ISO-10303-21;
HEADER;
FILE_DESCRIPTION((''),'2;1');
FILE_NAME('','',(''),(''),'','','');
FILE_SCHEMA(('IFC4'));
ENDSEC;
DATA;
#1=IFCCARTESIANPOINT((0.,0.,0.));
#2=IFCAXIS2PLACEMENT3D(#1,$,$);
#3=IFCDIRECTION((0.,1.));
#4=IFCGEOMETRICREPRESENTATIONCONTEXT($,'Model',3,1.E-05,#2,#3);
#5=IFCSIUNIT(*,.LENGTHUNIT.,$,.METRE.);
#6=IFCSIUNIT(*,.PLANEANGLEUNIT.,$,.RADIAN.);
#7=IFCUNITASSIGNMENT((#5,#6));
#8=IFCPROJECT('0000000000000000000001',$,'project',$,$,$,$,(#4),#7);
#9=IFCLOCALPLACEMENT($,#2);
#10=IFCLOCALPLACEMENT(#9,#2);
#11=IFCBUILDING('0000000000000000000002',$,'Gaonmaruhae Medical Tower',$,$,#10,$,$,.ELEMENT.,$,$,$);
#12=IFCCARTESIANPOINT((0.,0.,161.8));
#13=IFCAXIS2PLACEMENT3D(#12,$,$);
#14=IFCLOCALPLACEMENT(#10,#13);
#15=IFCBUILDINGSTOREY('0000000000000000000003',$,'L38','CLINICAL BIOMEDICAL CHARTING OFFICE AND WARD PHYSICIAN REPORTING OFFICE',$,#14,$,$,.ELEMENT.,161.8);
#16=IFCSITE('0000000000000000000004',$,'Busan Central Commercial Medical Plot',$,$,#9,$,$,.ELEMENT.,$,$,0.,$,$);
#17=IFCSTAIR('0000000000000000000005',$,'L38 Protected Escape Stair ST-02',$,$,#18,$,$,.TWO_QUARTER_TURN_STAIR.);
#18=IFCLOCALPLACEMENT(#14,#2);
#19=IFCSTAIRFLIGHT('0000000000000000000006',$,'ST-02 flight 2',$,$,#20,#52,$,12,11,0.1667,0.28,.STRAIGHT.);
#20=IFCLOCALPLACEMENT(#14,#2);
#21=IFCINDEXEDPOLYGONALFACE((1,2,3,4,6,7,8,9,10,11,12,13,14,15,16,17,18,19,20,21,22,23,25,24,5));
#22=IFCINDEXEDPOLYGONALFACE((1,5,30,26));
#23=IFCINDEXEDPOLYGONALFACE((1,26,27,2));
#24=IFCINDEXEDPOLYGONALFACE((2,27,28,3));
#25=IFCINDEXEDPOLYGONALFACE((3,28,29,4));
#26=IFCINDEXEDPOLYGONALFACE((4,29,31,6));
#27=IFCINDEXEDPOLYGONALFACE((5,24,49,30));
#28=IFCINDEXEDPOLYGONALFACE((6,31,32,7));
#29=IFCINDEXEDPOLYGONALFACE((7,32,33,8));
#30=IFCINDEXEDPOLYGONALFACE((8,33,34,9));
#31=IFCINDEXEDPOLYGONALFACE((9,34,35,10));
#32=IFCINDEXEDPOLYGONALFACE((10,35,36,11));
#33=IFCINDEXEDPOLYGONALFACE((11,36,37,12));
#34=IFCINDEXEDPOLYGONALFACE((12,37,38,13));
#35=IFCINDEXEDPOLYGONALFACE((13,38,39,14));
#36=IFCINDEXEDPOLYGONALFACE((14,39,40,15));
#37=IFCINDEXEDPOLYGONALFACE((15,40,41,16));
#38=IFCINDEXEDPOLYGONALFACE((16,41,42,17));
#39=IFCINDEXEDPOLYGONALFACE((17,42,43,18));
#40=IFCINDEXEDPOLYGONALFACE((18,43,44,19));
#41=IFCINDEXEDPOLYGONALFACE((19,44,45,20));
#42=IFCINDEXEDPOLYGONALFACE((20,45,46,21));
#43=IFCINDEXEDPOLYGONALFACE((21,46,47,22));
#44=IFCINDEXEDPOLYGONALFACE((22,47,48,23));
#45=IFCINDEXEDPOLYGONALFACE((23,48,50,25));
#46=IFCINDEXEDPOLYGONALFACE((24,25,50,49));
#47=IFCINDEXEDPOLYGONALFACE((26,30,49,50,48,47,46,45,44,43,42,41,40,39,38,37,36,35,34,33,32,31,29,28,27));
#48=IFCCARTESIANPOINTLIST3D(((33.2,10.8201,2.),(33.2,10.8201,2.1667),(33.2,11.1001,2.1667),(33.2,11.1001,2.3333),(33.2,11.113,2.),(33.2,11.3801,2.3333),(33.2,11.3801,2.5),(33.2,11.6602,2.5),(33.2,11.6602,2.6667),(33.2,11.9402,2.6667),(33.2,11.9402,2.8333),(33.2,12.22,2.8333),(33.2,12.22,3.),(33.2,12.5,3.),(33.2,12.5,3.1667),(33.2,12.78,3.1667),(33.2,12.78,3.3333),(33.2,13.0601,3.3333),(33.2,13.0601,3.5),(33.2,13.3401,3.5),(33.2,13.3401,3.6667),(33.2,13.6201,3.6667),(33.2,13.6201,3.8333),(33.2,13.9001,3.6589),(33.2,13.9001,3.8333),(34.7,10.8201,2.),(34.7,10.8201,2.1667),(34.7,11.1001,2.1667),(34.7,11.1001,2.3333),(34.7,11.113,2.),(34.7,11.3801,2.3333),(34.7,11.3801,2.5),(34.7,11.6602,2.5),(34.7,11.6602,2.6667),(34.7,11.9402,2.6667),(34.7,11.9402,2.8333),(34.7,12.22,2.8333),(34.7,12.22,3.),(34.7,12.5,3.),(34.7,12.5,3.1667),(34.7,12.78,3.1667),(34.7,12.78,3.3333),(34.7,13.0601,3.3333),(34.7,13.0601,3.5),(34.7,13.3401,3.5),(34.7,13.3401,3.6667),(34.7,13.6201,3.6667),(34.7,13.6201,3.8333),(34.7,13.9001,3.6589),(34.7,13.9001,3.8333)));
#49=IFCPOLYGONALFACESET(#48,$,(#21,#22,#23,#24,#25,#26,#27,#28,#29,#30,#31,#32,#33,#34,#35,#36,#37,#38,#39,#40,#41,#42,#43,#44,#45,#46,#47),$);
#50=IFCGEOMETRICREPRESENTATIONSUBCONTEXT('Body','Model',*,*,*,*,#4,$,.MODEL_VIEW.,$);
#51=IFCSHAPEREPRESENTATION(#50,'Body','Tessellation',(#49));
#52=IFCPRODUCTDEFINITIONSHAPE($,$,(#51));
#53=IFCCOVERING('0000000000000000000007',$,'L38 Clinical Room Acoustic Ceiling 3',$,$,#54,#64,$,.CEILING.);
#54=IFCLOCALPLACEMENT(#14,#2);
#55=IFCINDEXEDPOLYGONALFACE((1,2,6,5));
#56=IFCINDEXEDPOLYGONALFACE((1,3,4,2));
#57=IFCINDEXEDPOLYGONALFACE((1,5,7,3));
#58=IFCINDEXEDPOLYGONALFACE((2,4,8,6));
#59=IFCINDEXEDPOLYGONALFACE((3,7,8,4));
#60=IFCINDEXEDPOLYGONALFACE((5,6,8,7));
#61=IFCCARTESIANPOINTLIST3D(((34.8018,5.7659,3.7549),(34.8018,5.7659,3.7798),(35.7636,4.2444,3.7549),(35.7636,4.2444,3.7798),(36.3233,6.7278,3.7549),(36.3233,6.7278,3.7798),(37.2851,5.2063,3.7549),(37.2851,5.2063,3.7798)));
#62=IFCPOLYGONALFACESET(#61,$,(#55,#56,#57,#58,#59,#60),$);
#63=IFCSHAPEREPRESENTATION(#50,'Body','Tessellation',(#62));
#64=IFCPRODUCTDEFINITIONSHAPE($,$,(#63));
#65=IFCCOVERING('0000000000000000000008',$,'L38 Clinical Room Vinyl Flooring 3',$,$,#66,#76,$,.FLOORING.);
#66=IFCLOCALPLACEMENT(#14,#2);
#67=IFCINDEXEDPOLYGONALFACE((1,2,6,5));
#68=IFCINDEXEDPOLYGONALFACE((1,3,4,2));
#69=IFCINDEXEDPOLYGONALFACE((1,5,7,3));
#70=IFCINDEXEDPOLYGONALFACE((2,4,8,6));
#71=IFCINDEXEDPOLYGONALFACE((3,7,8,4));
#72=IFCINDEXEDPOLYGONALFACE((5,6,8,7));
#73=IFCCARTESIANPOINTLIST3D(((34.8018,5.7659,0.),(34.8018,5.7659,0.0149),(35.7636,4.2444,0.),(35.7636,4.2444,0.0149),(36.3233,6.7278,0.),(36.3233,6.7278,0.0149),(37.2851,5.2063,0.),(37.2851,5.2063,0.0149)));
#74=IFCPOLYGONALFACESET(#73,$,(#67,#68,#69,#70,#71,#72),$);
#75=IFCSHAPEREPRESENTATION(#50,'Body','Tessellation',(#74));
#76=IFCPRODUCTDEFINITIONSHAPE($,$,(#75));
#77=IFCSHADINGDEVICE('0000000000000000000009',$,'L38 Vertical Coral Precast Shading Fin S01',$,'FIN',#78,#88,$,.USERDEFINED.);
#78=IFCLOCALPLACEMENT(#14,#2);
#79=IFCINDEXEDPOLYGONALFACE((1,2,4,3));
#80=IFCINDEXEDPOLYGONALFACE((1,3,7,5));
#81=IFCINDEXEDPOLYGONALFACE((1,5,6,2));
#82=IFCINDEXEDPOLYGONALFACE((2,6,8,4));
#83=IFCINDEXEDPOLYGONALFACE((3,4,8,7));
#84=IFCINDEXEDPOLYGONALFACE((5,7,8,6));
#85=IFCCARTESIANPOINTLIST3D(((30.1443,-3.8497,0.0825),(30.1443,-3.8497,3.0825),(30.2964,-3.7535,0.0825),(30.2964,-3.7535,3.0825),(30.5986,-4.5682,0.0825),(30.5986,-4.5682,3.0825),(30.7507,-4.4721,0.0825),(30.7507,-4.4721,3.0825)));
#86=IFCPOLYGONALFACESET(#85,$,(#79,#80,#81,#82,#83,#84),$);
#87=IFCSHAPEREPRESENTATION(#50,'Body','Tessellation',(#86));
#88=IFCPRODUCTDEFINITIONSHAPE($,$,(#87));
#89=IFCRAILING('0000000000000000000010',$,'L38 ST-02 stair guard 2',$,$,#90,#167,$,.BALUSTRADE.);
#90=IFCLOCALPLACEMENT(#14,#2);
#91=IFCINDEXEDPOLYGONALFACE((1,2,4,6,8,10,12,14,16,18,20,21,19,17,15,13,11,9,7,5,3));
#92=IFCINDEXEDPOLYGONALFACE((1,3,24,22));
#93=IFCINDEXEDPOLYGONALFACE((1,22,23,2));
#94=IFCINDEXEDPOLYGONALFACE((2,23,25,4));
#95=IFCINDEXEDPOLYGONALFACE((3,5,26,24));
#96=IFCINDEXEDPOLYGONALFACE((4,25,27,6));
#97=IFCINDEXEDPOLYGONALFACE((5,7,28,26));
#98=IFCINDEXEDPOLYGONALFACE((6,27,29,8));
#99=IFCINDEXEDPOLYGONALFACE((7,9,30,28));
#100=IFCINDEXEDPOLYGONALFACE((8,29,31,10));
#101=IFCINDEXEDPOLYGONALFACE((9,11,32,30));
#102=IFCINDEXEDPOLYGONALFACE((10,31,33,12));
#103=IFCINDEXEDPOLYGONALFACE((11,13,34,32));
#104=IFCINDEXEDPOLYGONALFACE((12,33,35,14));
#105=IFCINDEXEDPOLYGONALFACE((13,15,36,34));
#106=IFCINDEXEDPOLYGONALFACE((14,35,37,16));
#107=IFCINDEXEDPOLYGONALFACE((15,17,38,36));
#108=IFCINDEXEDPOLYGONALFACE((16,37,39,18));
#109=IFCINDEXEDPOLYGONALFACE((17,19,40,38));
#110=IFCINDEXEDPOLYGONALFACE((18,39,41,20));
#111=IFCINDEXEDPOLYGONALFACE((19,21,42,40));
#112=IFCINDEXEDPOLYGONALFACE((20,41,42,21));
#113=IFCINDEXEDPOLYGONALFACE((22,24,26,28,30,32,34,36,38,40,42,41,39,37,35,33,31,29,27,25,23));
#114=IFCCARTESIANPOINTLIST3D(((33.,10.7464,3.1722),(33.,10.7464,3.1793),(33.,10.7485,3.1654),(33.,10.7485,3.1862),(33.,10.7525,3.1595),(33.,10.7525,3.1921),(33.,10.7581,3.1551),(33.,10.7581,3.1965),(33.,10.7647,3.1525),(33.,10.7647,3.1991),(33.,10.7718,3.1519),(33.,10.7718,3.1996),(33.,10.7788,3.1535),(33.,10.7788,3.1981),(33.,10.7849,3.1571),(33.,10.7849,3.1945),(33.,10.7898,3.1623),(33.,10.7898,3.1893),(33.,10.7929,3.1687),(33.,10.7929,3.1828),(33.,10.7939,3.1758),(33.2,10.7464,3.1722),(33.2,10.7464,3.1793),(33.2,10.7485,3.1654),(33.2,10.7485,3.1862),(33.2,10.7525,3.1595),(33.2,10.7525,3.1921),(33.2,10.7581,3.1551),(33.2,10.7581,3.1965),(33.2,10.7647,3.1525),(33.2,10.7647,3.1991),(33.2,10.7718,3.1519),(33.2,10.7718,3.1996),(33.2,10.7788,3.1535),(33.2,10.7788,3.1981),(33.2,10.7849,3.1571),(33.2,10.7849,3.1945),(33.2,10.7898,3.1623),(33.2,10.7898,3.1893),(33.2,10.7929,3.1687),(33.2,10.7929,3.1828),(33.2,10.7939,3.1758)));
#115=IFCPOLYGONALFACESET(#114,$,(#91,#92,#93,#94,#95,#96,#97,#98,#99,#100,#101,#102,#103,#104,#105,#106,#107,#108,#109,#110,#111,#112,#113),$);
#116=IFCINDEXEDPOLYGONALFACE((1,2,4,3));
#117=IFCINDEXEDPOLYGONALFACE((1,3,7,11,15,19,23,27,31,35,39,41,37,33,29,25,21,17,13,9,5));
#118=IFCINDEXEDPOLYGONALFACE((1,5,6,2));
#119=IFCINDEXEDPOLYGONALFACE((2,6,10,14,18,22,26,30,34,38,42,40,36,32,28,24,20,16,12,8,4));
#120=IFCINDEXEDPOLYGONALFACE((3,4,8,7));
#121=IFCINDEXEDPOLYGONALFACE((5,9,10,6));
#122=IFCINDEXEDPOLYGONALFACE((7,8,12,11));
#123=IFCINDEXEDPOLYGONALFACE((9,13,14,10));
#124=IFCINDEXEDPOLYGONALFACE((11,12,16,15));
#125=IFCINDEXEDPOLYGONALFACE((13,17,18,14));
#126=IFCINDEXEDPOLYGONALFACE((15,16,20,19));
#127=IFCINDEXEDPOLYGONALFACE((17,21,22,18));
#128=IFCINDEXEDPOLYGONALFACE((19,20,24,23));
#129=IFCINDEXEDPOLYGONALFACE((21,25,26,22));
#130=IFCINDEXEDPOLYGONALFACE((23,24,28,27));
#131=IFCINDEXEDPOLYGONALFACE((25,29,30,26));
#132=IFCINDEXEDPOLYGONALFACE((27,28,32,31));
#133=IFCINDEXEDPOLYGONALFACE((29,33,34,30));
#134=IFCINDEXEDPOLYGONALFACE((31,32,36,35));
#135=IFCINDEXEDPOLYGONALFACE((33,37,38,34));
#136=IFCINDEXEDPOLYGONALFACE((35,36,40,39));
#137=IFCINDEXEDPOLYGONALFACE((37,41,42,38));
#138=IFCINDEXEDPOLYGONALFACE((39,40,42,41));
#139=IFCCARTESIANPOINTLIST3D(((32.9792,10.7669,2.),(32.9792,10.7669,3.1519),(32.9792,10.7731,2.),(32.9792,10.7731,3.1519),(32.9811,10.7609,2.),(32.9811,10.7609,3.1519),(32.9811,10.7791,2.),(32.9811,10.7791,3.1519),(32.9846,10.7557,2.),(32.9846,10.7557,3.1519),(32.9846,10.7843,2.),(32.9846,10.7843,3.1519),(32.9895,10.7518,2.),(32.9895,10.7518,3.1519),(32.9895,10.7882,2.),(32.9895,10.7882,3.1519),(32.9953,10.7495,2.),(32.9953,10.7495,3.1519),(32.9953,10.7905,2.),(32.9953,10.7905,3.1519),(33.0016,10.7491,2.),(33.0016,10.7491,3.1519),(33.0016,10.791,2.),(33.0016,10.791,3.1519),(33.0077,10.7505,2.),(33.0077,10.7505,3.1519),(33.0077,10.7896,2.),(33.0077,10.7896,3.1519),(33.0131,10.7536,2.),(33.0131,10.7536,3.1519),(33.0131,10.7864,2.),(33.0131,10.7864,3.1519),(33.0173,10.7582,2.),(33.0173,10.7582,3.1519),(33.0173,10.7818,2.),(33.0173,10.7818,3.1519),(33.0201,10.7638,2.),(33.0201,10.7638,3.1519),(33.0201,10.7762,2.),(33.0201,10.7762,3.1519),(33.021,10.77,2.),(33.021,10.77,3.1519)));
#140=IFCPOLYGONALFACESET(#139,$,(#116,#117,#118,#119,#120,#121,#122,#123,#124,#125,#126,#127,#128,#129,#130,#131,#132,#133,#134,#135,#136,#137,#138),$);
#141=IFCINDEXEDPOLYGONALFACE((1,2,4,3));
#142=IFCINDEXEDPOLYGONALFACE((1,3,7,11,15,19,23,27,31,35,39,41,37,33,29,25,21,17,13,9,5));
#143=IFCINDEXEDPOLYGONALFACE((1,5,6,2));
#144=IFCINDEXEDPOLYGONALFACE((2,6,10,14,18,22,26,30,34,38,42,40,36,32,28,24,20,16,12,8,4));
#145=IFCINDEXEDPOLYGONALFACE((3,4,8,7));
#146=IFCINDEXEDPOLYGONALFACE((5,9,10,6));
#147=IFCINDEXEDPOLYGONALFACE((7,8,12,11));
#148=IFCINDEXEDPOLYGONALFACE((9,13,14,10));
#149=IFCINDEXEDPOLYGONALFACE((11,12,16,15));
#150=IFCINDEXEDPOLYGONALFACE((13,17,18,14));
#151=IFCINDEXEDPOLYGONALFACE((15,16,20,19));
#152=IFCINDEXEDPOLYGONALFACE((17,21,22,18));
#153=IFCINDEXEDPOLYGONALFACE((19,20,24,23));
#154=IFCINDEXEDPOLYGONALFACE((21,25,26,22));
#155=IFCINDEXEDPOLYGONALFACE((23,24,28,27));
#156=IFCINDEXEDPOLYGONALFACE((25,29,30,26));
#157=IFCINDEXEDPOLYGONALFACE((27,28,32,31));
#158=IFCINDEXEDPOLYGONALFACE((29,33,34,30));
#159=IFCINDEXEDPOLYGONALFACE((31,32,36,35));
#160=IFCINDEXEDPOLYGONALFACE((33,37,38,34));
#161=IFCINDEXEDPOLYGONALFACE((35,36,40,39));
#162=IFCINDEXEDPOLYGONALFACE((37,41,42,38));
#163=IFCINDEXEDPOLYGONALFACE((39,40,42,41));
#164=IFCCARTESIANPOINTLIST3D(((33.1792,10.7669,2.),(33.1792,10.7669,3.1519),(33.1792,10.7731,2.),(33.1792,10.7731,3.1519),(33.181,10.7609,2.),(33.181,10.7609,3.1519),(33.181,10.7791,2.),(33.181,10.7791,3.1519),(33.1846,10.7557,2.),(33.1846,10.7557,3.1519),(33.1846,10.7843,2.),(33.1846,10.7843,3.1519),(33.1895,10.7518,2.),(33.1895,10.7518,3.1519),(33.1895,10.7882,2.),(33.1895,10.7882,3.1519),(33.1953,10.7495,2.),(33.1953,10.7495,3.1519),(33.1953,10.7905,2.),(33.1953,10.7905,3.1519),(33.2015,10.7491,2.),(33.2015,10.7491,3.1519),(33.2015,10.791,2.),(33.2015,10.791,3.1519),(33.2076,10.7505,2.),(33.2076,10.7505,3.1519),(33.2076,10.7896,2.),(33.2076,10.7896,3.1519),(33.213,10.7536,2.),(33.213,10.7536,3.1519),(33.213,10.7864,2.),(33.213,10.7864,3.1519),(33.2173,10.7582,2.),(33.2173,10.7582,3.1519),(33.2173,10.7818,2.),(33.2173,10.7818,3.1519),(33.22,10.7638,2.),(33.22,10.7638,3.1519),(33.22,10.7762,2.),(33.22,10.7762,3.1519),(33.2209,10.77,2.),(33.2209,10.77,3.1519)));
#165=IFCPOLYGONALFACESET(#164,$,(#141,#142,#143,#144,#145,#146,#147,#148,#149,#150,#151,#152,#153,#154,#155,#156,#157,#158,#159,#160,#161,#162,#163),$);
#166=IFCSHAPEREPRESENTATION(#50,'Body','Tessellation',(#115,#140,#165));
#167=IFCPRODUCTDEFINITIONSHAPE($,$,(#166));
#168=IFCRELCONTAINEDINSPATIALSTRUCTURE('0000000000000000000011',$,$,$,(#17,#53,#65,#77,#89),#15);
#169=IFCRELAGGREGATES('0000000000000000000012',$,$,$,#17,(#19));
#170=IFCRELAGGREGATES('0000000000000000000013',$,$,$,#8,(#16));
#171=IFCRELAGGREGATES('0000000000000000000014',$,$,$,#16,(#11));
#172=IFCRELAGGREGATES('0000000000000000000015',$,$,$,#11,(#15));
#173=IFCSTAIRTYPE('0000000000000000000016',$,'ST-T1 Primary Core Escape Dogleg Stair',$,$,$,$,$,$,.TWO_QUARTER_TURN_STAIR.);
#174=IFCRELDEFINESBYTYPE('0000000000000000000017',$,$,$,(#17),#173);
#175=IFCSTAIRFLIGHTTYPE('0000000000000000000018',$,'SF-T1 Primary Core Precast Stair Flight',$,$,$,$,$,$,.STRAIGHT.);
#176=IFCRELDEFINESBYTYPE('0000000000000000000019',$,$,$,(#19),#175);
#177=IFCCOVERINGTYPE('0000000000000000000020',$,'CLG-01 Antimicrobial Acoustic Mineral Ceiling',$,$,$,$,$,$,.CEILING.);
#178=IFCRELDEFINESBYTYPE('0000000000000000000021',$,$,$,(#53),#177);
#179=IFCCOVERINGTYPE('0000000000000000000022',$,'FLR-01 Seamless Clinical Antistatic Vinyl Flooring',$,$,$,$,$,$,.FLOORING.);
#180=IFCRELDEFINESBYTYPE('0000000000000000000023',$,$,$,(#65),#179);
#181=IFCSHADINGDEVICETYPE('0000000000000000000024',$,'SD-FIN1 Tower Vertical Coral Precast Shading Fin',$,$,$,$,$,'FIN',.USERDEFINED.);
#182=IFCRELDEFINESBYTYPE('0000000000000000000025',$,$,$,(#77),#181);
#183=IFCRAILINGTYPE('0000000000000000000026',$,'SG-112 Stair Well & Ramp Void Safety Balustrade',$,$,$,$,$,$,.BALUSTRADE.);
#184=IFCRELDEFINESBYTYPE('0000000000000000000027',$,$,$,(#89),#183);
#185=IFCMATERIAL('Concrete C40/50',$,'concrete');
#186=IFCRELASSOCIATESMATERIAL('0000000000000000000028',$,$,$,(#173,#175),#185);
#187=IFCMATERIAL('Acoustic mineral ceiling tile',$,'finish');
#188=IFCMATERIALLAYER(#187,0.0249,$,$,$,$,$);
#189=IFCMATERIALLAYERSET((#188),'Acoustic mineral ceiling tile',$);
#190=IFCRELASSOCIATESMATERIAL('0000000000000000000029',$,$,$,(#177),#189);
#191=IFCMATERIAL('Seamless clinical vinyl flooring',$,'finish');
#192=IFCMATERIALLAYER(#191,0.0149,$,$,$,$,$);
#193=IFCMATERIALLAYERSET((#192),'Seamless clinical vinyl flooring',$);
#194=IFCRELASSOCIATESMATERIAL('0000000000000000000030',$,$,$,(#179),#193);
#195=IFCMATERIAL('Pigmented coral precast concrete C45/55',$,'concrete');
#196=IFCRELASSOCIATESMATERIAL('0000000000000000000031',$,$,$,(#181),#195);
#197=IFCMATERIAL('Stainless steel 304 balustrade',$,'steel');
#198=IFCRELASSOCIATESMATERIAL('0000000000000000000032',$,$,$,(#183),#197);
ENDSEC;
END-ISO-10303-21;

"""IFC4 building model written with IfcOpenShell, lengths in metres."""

from ifc_helpers import new_model, si_unit, direction, frame, origin, origin_2d, place, context, subcontext, project, spatial, polyline, rectangle, circle, outline, extrude, material, layer, layer_set, type_object, element, aggregate, save


model = new_model("IFC4")

# Units and contexts
model_context = context("Model", 3, precision=1e-05, world=origin(), true_north=direction((0.0, 1.0)))
body_context = subcontext(model_context, "Body", "Model", "MODEL_VIEW")
ifc_project = project(units=[si_unit("LENGTHUNIT", "METRE"), si_unit("PLANEANGLEUNIT", "RADIAN")], contexts=[model_context])

# Site, building, storey
site_placement = place(None, origin())
site = spatial("IfcSite", under=ifc_project, at=site_placement, Name="Busan Central Commercial Medical Plot", CompositionType="ELEMENT", RefElevation=0.0)
building_placement = place(site_placement, origin())
building = spatial("IfcBuilding", under=site, at=building_placement, Name="Gaonmaruhae Medical Tower", CompositionType="ELEMENT")
storey_placement = place(building_placement, frame((0.0, 0.0, 161.8)))
storey = spatial("IfcBuildingStorey", under=building, at=storey_placement, Name="L38", Description="CLINICAL BIOMEDICAL CHARTING OFFICE AND WARD PHYSICIAN REPORTING OFFICE", CompositionType="ELEMENT", Elevation=161.8)

# Stair, stair flight
ifc_material_1 = material(Name="Concrete C40/50", Category="concrete")
stair_type = type_object("IfcStairType", Name="ST-T1 Primary Core Escape Dogleg Stair", PredefinedType="TWO_QUARTER_TURN_STAIR", material=ifc_material_1)
stair_placement = place(storey_placement, origin())
stair = element("IfcStair", 1, at=stair_placement, inside=storey, type_object=stair_type, Name="L38 Protected Escape Stair ST-02", PredefinedType="TWO_QUARTER_TURN_STAIR")
stair_flight_type = type_object("IfcStairFlightType", Name="SF-T1 Primary Core Precast Stair Flight", PredefinedType="STRAIGHT", material=ifc_material_1)
stair_flight_placement = place(storey_placement, frame((33.95, 10.8201, 2.0), z_axis=(0.0, 0.0, 1.0), x_axis=(0.0, 1.0, 0.0)))
stair_flight = element("IfcStairFlight", 2, at=stair_flight_placement, type_object=stair_flight_type, Name="ST-02 flight 2", NumberOfRisers=12, NumberOfTreads=11, PredefinedType="STRAIGHT", RiserHeight=0.1667, TreadLength=0.28, context=body_context, shape_type="SweptSolid", body=[
    extrude(outline(polyline([(0.0, 0.0), (0.0, 0.1667), (0.28, 0.1667), (0.28, 0.3333), (0.5601, 0.3333), (0.5601, 0.5), (0.8401, 0.5), (0.8401, 0.6667), (1.1201, 0.6667), (1.1201, 0.8333), (1.3999, 0.8333), (1.3999, 1.0), (1.6799, 1.0), (1.6799, 1.1667), (1.96, 1.1667), (1.96, 1.3333), (2.24, 1.3333), (2.24, 1.5), (2.52, 1.5), (2.52, 1.6667), (2.8, 1.6667), (2.8, 1.8333), (3.0801, 1.8333), (3.0801, 2.0), (3.0801, 1.6589), (0.293, 0.0), (0.0, 0.0)])), frame((0.0, 0.75, 0.0), z_axis=(0.0, -1.0, 0.0), x_axis=(1.0, 0.0, 0.0)), (0.0, 0.0, 1.0), 1.5),
])
aggregate(stair, [stair_flight])

# Coverings
ifc_material_2 = material(Name="Acoustic mineral ceiling tile", Category="finish")
ifc_layer_1 = layer(ifc_material_2, 0.0249)
ifc_layer_set_1 = layer_set([ifc_layer_1], Name="Acoustic mineral ceiling tile")
covering_type_1 = type_object("IfcCoveringType", Name="CLG-01 Antimicrobial Acoustic Mineral Ceiling", PredefinedType="CEILING", material=ifc_layer_set_1)
covering_1_placement = place(storey_placement, frame((36.0435, 5.4861, 3.7549), z_axis=(0.0, 0.0, 1.0), x_axis=(0.845262, 0.534352, 0.0)))
element("IfcCovering", 3, at=covering_1_placement, inside=storey, type_object=covering_type_1, Name="L38 Clinical Room Acoustic Ceiling 3", PredefinedType="CEILING", context=body_context, shape_type="SweptSolid", body=[
    extrude(rectangle(XDim=1.8, YDim=1.8, at=origin_2d()), origin(), (0.0, 0.0, 1.0), 0.0249),
])
ifc_material_3 = material(Name="Seamless clinical vinyl flooring", Category="finish")
ifc_layer_2 = layer(ifc_material_3, 0.0149)
ifc_layer_set_2 = layer_set([ifc_layer_2], Name="Seamless clinical vinyl flooring")
covering_type_2 = type_object("IfcCoveringType", Name="FLR-01 Seamless Clinical Antistatic Vinyl Flooring", PredefinedType="FLOORING", material=ifc_layer_set_2)
covering_2_placement = place(storey_placement, frame((36.0435, 5.4861, 0.0), z_axis=(0.0, 0.0, 1.0), x_axis=(0.845262, 0.534352, 0.0)))
element("IfcCovering", 4, at=covering_2_placement, inside=storey, type_object=covering_type_2, Name="L38 Clinical Room Vinyl Flooring 3", PredefinedType="FLOORING", context=body_context, shape_type="SweptSolid", body=[
    extrude(rectangle(XDim=1.8, YDim=1.8, at=origin_2d()), origin(), (0.0, 0.0, 1.0), 0.0149),
])

# Shading device
ifc_material_4 = material(Name="Pigmented coral precast concrete C45/55", Category="concrete")
shading_device_type = type_object("IfcShadingDeviceType", Name="SD-FIN1 Tower Vertical Coral Precast Shading Fin", ElementType="FIN", PredefinedType="USERDEFINED", material=ifc_material_4)
shading_device_placement = place(storey_placement, frame((30.4475, -4.1609, 0.0825), z_axis=(0.0, 0.0, 1.0), x_axis=(-0.845262, -0.534352, 0.0)))
element("IfcShadingDevice", 5, at=shading_device_placement, inside=storey, type_object=shading_device_type, Name="L38 Vertical Coral Precast Shading Fin S01", ObjectType="FIN", PredefinedType="USERDEFINED", context=body_context, shape_type="SweptSolid", body=[
    extrude(rectangle(XDim=0.1799, YDim=0.8501, at=origin_2d()), origin(), (0.0, 0.0, 1.0), 3.0),
])

# Railing
ifc_material_5 = material(Name="Stainless steel 304 balustrade", Category="steel")
railing_type = type_object("IfcRailingType", Name="SG-112 Stair Well & Ramp Void Safety Balustrade", PredefinedType="BALUSTRADE", material=ifc_material_5)
railing_1_placement = place(storey_placement, frame((33.0, 10.77, 2.0)))
element("IfcRailing", 6, at=railing_1_placement, inside=storey, type_object=railing_type, Name="L38 ST-02 stair guard 2", PredefinedType="BALUSTRADE", context=body_context, shape_type="SweptSolid", body=[
    extrude(circle(Radius=0.0239, at=origin_2d()), frame((0.0, 0.0, 1.1758), z_axis=(1.0, 0.0, 0.0), x_axis=(0.0, 1.0, 0.0)), (0.0, 0.0, 1.0), 0.2),
    extrude(circle(Radius=0.021, at=origin_2d()), origin(), (0.0, 0.0, 1.0), 1.1519),
    extrude(circle(Radius=0.021, at=origin_2d()), frame((0.2, 0.0, 0.0)), (0.0, 0.0, 1.0), 1.1519),
])

save(model, "model.ifc")
